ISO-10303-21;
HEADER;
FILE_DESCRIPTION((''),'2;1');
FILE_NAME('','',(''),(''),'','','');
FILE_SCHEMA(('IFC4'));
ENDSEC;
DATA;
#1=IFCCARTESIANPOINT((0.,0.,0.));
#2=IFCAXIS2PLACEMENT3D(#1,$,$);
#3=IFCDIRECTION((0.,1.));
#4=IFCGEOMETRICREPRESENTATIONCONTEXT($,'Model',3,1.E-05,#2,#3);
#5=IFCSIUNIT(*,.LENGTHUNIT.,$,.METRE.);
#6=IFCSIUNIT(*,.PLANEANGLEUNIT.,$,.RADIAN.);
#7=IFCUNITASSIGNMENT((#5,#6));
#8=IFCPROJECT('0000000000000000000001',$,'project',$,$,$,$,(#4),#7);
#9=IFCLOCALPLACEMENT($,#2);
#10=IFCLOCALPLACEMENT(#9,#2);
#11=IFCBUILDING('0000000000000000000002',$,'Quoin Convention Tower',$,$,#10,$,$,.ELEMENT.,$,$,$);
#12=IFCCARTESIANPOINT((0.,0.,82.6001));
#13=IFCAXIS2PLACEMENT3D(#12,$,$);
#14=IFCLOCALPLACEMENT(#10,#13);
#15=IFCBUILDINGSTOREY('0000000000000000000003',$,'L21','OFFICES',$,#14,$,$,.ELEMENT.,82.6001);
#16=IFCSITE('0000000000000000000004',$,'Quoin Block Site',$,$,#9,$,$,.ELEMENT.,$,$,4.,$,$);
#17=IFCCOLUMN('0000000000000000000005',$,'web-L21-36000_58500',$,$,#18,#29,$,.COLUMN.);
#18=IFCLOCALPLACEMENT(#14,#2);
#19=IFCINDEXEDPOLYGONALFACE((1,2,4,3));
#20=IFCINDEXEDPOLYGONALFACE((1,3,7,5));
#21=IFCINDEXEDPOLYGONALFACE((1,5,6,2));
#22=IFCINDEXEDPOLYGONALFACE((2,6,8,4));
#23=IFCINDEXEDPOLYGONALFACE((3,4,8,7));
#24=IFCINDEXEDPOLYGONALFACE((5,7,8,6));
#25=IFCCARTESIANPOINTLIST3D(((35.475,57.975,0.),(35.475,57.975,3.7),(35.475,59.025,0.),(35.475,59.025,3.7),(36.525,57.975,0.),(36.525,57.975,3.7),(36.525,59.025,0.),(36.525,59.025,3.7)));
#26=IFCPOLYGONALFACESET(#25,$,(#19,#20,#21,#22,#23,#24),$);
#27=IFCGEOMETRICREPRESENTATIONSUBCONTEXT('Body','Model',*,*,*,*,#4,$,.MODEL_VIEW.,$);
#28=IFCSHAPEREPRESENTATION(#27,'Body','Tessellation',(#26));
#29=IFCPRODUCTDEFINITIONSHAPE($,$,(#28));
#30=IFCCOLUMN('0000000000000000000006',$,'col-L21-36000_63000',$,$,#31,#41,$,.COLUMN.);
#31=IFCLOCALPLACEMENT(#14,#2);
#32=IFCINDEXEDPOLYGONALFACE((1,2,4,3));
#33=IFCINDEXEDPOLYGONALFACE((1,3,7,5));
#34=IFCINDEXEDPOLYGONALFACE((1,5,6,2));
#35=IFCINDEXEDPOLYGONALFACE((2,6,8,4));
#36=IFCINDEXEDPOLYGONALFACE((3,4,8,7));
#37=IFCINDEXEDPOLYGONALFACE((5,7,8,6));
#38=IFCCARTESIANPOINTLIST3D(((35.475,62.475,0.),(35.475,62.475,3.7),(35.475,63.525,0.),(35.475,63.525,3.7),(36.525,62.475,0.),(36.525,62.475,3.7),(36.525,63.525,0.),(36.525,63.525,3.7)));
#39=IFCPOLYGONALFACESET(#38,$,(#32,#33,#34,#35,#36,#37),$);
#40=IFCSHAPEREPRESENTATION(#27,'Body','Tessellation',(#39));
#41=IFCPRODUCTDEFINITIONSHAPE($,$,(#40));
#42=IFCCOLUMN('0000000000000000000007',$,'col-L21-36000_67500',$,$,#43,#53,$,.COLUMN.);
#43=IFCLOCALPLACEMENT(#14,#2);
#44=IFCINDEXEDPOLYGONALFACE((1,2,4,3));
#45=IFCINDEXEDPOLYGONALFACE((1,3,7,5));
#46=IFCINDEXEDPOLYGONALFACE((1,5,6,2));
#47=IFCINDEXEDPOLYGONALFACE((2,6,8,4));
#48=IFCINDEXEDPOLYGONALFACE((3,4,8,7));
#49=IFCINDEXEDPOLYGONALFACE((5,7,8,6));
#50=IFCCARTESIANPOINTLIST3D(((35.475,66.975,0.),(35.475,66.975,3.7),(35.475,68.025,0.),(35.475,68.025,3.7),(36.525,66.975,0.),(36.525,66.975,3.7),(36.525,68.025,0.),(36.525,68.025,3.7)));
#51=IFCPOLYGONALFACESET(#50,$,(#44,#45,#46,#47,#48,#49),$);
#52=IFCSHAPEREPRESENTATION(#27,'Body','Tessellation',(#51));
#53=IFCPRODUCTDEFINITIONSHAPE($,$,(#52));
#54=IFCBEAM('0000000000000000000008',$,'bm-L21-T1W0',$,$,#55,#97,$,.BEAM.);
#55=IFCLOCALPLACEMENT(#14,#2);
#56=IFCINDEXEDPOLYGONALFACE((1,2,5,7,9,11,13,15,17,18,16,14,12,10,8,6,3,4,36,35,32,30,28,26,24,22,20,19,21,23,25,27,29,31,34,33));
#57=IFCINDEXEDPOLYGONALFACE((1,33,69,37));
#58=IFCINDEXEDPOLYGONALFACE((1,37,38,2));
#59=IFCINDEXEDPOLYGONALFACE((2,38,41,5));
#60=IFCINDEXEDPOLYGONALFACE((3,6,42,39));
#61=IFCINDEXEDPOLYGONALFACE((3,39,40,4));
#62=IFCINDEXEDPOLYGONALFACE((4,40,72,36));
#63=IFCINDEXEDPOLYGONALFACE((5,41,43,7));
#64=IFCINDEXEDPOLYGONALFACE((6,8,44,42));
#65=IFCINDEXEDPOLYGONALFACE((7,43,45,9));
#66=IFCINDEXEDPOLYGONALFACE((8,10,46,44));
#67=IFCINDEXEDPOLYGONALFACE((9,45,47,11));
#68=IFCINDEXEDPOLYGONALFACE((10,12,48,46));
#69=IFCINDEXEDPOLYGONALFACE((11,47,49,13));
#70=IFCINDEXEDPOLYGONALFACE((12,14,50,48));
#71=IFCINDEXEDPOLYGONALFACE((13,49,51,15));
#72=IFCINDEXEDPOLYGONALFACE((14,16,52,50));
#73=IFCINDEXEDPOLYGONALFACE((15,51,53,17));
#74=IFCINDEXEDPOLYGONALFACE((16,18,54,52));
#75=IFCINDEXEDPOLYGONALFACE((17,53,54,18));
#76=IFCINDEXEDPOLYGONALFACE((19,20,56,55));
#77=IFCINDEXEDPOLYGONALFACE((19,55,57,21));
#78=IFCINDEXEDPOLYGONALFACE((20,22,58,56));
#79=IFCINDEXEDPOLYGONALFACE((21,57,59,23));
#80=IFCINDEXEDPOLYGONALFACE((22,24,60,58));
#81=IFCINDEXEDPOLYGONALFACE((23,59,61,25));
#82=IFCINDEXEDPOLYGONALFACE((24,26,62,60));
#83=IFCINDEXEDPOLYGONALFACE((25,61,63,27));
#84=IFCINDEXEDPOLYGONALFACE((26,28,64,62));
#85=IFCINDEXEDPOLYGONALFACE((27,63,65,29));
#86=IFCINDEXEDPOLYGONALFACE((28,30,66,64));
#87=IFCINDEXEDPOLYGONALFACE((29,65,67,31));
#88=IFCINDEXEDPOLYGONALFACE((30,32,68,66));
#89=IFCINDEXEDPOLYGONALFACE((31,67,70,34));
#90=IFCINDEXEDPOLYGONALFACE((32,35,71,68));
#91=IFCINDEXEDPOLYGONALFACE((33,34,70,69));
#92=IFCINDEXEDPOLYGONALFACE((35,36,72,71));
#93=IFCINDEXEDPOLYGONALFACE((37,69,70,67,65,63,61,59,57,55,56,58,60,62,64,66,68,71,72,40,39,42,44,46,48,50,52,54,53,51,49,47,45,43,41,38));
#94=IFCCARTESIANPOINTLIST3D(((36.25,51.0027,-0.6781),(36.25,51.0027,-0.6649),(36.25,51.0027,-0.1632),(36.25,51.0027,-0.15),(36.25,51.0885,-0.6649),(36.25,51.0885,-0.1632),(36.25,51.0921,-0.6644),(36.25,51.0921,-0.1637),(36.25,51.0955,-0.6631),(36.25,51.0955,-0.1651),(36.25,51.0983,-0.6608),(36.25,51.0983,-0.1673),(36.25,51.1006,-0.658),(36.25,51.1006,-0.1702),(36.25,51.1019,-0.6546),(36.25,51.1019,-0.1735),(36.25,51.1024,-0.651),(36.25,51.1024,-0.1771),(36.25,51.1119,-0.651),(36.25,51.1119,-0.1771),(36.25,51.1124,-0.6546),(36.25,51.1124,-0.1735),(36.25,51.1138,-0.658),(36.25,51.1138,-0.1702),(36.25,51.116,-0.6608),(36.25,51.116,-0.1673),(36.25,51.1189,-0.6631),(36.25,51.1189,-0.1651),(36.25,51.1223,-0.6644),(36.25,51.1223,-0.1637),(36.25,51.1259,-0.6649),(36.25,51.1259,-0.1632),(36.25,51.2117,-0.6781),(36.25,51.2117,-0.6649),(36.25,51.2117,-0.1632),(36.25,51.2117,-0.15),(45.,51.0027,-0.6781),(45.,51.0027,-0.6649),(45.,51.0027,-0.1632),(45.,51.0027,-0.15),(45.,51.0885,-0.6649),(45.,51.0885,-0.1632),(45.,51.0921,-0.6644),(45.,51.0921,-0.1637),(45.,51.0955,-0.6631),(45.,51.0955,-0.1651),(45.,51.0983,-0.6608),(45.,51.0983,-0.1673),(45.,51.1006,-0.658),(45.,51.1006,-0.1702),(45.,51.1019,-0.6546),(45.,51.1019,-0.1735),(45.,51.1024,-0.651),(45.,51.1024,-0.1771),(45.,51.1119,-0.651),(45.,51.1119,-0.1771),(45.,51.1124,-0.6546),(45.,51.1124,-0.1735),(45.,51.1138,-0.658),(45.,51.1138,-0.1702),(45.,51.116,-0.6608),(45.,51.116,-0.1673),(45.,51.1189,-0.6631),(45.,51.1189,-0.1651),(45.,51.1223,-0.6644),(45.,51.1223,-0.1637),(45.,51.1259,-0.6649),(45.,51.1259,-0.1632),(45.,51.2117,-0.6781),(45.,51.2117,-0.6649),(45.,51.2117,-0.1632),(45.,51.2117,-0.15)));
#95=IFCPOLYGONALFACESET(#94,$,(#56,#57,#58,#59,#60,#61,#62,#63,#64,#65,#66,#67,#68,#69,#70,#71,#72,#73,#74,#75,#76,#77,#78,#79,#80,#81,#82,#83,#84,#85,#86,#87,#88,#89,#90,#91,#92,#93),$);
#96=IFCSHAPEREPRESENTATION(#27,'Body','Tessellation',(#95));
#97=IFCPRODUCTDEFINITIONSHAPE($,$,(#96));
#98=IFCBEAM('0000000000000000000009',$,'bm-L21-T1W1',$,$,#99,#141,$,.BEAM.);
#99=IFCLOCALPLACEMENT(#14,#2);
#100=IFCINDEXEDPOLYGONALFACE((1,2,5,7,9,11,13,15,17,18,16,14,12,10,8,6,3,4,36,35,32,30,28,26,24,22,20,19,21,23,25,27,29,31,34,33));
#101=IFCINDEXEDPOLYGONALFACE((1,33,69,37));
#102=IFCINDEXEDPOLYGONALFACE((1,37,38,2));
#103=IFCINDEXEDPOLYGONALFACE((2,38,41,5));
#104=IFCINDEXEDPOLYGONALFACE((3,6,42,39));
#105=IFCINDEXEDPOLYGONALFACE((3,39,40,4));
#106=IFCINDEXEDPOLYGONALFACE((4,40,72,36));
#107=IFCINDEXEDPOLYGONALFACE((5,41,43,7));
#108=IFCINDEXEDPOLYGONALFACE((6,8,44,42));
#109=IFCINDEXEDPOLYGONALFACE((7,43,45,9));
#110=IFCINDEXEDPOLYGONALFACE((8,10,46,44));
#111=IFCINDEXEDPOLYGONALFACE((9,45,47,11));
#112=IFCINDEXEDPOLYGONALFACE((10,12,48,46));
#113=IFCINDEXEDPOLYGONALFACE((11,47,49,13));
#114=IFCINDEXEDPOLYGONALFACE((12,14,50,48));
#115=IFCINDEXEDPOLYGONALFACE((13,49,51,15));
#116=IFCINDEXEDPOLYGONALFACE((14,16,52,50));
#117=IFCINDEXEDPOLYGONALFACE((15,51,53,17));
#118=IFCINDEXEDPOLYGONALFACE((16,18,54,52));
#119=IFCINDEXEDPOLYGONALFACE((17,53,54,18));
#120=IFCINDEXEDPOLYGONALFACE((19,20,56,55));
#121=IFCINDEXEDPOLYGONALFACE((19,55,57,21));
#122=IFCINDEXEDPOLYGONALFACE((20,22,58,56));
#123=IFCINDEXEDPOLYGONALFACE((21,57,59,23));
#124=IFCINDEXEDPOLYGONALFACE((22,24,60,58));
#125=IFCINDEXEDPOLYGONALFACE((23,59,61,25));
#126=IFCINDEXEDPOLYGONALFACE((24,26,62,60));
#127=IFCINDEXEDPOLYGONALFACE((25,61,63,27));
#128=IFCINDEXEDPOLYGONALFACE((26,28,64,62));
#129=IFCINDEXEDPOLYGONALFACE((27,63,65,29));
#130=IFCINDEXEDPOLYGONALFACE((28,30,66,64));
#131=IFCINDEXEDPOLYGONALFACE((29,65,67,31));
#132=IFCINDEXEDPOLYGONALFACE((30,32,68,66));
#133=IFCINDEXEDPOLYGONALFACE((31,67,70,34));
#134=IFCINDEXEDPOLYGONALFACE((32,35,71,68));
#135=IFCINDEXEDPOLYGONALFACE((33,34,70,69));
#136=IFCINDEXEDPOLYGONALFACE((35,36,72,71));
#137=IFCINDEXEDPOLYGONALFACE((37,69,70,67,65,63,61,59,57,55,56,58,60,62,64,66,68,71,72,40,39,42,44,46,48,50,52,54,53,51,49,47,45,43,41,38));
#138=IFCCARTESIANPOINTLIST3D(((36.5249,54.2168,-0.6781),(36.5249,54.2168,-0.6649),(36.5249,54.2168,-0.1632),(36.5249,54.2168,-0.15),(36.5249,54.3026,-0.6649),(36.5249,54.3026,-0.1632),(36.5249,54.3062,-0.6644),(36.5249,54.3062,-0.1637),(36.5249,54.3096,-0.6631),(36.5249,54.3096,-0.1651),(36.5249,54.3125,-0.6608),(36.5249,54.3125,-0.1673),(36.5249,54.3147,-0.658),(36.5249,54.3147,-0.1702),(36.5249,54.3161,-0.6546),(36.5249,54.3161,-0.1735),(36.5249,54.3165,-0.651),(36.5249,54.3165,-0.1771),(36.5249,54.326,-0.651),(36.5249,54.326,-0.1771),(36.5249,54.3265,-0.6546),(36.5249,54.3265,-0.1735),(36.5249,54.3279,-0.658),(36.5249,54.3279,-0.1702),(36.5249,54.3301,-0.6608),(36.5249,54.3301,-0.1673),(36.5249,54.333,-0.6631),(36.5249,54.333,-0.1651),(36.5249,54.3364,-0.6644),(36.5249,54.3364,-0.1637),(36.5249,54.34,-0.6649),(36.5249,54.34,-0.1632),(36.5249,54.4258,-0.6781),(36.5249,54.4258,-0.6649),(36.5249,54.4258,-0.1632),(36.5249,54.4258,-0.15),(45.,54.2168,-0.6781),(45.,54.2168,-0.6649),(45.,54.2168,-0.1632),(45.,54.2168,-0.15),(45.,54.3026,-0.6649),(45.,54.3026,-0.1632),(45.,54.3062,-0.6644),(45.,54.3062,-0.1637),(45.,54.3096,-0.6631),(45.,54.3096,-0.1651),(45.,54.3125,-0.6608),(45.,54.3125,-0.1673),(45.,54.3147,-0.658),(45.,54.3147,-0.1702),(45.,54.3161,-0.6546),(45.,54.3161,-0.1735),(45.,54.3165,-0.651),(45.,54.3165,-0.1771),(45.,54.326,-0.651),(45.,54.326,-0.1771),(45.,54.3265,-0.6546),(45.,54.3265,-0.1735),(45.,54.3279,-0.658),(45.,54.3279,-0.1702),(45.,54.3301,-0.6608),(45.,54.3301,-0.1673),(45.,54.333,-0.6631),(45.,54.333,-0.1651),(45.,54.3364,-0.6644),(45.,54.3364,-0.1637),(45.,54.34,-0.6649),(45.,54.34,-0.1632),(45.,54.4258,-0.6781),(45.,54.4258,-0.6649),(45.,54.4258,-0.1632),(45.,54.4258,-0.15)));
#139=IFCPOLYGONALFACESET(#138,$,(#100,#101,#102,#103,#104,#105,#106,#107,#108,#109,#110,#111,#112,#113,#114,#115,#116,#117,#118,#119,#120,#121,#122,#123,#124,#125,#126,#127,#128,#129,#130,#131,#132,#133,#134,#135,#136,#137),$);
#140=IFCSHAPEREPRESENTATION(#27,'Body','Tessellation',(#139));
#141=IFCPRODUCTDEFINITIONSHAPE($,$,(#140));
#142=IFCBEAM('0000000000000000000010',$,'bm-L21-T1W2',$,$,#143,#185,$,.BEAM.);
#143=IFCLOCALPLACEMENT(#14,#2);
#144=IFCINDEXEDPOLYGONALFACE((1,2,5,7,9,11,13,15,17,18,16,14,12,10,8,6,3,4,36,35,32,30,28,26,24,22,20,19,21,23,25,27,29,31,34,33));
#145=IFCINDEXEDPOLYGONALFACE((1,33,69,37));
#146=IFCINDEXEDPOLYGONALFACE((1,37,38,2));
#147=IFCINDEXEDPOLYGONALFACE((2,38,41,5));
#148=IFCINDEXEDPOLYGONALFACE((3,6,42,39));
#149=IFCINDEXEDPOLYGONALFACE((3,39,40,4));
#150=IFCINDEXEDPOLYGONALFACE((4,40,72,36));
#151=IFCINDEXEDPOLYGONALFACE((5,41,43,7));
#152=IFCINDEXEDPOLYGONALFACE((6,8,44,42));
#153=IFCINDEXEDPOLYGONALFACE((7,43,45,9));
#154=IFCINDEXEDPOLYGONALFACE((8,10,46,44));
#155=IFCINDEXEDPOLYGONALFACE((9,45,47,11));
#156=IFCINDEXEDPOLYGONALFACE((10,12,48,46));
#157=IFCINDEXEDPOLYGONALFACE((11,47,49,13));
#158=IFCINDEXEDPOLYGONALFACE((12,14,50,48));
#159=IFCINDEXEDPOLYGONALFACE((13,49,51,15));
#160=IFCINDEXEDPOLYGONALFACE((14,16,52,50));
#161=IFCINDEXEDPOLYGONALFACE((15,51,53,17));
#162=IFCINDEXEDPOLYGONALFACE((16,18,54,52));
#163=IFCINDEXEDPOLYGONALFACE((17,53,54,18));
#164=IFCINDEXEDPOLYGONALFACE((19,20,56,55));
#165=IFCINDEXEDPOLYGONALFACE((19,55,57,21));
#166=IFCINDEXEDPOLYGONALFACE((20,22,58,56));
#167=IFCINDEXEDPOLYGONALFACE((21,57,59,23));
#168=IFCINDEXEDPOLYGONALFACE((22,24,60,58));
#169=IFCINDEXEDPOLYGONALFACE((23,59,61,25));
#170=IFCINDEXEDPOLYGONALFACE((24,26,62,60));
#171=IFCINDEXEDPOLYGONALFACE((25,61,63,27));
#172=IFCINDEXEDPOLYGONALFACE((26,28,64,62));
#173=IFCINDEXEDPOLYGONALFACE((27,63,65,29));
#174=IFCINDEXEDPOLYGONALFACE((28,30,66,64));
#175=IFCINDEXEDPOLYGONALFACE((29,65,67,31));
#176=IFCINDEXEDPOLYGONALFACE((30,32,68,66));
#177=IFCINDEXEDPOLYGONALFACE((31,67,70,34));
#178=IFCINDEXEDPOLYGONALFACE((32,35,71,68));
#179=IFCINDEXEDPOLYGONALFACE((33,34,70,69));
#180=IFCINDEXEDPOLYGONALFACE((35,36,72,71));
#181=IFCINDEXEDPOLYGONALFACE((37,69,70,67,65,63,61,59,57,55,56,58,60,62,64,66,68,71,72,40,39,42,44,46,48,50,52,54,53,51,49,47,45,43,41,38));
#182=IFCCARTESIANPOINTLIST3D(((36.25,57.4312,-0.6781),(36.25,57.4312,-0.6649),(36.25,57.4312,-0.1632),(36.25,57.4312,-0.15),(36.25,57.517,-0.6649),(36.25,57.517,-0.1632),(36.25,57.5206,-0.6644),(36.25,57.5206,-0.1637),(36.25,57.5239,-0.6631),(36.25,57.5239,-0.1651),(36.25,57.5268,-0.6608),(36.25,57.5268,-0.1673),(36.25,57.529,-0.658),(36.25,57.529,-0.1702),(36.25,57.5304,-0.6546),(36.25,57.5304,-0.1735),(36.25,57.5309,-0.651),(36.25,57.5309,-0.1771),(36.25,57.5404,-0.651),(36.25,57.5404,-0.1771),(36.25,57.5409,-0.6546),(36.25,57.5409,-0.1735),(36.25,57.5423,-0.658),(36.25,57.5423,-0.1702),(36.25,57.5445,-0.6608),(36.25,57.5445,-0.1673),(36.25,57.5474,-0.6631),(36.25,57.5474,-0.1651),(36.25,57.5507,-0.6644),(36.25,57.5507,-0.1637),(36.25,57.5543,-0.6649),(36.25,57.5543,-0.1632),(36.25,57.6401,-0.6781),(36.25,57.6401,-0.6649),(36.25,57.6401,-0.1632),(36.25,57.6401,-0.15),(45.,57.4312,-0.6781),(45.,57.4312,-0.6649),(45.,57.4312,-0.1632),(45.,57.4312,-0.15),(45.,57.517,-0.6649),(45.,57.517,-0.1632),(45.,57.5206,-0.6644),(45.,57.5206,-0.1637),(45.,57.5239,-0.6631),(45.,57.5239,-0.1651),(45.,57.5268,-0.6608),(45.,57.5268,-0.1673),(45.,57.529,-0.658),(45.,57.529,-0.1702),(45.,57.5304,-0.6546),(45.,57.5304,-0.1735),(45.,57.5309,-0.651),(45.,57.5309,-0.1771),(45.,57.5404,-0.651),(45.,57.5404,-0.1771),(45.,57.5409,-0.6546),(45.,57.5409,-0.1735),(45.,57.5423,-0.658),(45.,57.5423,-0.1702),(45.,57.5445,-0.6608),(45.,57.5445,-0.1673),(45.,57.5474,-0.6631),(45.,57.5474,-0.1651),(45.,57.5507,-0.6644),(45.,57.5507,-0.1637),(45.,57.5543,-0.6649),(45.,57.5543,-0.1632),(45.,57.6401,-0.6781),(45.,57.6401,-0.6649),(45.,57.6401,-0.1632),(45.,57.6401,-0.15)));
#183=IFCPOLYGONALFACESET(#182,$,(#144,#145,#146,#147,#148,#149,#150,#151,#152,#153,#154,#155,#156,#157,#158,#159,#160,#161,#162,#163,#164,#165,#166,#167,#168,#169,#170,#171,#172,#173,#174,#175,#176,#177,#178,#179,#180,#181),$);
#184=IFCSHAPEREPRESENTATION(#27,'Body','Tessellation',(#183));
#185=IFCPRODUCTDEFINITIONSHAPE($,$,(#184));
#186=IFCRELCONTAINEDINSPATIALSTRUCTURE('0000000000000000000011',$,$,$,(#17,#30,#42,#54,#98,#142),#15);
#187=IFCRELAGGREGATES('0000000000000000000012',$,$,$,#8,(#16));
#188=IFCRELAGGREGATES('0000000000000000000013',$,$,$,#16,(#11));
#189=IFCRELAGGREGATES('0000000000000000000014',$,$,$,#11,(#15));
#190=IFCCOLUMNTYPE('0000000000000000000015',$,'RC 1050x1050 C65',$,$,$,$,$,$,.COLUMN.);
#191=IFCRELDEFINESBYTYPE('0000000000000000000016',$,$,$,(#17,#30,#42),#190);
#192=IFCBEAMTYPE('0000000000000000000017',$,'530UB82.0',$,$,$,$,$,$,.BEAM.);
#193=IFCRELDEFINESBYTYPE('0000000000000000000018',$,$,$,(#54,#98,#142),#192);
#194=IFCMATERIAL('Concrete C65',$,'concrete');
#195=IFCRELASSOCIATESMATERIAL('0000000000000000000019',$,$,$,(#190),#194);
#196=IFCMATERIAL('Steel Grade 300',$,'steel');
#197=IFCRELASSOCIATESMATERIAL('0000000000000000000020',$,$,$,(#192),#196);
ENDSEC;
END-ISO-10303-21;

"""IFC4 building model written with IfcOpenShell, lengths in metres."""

from ifc_helpers import new_model, si_unit, direction, frame, origin, origin_2d, place, context, subcontext, project, spatial, rectangle, i_section, extrude, material, material_profile, profile_set, type_object, element, save


model = new_model("IFC4")

# Units and contexts
model_context = context("Model", 3, precision=1e-05, world=origin(), true_north=direction((0.0, 1.0)))
body_context = subcontext(model_context, "Body", "Model", "MODEL_VIEW")
ifc_project = project(units=[si_unit("LENGTHUNIT", "METRE"), si_unit("PLANEANGLEUNIT", "RADIAN")], contexts=[model_context])

# Site, building, storey
site_placement = place(None, origin())
site = spatial("IfcSite", under=ifc_project, at=site_placement, Name="Quoin Block Site", CompositionType="ELEMENT", RefElevation=4.0)
building_placement = place(site_placement, origin())
building = spatial("IfcBuilding", under=site, at=building_placement, Name="Quoin Convention Tower", CompositionType="ELEMENT")
storey_placement = place(building_placement, frame((0.0, 0.0, 82.6001)))
storey = spatial("IfcBuildingStorey", under=building, at=storey_placement, Name="L21", Description="OFFICES", CompositionType="ELEMENT", Elevation=82.6001)

# Columns
ifc_material_1 = material(Name="Concrete C65", Category="concrete")
ifc_material_profile_1 = material_profile(ifc_material_1, rectangle(XDim=1.05, YDim=1.05, at=origin_2d()), Name="RC 1050x1050")
ifc_profile_set_1 = profile_set([ifc_material_profile_1], Name="Concrete C65")
column_type = type_object("IfcColumnType", Name="RC 1050x1050 C65", PredefinedType="COLUMN", material=ifc_profile_set_1)
for number, where, z_axis, x_axis, name in (
    (1, (36.0, 58.5, 0.0), (0.0, 0.0, 1.0), (1.0, 0.0, 0.0), "web-L21-36000_58500"),
    (2, (36.0, 63.0, 0.0), (0.0, 0.0, 1.0), (1.0, 0.0, 0.0), "col-L21-36000_63000"),
    (3, (36.0, 67.5, 0.0), (0.0, 0.0, 1.0), (1.0, 0.0, 0.0), "col-L21-36000_67500"),
):
    element("IfcColumn", number, at=place(storey_placement, frame(where, z_axis=z_axis, x_axis=x_axis)), inside=storey, type_object=column_type, Name=name, PredefinedType="COLUMN", context=body_context, shape_type="SweptSolid", body=[
        extrude(rectangle(XDim=1.05, YDim=1.05, at=origin_2d()), origin(), (0.0, 0.0, 1.0), 3.7),
    ])

# Beams
ifc_material_2 = material(Name="Steel Grade 300", Category="steel")
ifc_material_profile_2 = material_profile(ifc_material_2, i_section(OverallWidth=0.209, OverallDepth=0.5281, WebThickness=0.0095, FlangeThickness=0.0132, FilletRadius=0.0139, at=origin_2d()), Name="530UB82.0")
ifc_profile_set_2 = profile_set([ifc_material_profile_2], Name="Steel Grade 300")
beam_type_1 = type_object("IfcBeamType", Name="530UB82.0", PredefinedType="BEAM", material=ifc_profile_set_2)
beam_1_placement = place(storey_placement, frame((36.25, 51.1072, -0.4141), z_axis=(1.0, 0.0, 0.0), x_axis=(0.0, 1.0, 0.0)))
element("IfcBeam", 4, at=beam_1_placement, inside=storey, type_object=beam_type_1, Name="bm-L21-T1W0", PredefinedType="BEAM", context=body_context, shape_type="SweptSolid", body=[
    extrude(i_section(OverallWidth=0.209, OverallDepth=0.5281, WebThickness=0.0095, FlangeThickness=0.0132, FilletRadius=0.0139, at=origin_2d()), origin(), (0.0, 0.0, 1.0), 8.75),
])
beam_2_placement = place(storey_placement, frame((36.5249, 54.3213, -0.4141), z_axis=(1.0, 0.0, 0.0), x_axis=(0.0, 1.0, 0.0)))
element("IfcBeam", 5, at=beam_2_placement, inside=storey, type_object=beam_type_1, Name="bm-L21-T1W1", PredefinedType="BEAM", context=body_context, shape_type="SweptSolid", body=[
    extrude(i_section(OverallWidth=0.209, OverallDepth=0.5281, WebThickness=0.0095, FlangeThickness=0.0132, FilletRadius=0.0139, at=origin_2d()), origin(), (0.0, 0.0, 1.0), 8.4751),
])
for number, where, z_axis, x_axis, name in (
    (6, (36.25, 57.5356, -0.4141), (1.0, 0.0, 0.0), (0.0, 1.0, 0.0), "bm-L21-T1W2"),
):
    element("IfcBeam", number, at=place(storey_placement, frame(where, z_axis=z_axis, x_axis=x_axis)), inside=storey, type_object=beam_type_1, Name=name, PredefinedType="BEAM", context=body_context, shape_type="SweptSolid", body=[
        extrude(i_section(OverallWidth=0.209, OverallDepth=0.5281, WebThickness=0.0095, FlangeThickness=0.0132, FilletRadius=0.0139, at=origin_2d()), origin(), (0.0, 0.0, 1.0), 8.75),
    ])

save(model, "model.ifc")
